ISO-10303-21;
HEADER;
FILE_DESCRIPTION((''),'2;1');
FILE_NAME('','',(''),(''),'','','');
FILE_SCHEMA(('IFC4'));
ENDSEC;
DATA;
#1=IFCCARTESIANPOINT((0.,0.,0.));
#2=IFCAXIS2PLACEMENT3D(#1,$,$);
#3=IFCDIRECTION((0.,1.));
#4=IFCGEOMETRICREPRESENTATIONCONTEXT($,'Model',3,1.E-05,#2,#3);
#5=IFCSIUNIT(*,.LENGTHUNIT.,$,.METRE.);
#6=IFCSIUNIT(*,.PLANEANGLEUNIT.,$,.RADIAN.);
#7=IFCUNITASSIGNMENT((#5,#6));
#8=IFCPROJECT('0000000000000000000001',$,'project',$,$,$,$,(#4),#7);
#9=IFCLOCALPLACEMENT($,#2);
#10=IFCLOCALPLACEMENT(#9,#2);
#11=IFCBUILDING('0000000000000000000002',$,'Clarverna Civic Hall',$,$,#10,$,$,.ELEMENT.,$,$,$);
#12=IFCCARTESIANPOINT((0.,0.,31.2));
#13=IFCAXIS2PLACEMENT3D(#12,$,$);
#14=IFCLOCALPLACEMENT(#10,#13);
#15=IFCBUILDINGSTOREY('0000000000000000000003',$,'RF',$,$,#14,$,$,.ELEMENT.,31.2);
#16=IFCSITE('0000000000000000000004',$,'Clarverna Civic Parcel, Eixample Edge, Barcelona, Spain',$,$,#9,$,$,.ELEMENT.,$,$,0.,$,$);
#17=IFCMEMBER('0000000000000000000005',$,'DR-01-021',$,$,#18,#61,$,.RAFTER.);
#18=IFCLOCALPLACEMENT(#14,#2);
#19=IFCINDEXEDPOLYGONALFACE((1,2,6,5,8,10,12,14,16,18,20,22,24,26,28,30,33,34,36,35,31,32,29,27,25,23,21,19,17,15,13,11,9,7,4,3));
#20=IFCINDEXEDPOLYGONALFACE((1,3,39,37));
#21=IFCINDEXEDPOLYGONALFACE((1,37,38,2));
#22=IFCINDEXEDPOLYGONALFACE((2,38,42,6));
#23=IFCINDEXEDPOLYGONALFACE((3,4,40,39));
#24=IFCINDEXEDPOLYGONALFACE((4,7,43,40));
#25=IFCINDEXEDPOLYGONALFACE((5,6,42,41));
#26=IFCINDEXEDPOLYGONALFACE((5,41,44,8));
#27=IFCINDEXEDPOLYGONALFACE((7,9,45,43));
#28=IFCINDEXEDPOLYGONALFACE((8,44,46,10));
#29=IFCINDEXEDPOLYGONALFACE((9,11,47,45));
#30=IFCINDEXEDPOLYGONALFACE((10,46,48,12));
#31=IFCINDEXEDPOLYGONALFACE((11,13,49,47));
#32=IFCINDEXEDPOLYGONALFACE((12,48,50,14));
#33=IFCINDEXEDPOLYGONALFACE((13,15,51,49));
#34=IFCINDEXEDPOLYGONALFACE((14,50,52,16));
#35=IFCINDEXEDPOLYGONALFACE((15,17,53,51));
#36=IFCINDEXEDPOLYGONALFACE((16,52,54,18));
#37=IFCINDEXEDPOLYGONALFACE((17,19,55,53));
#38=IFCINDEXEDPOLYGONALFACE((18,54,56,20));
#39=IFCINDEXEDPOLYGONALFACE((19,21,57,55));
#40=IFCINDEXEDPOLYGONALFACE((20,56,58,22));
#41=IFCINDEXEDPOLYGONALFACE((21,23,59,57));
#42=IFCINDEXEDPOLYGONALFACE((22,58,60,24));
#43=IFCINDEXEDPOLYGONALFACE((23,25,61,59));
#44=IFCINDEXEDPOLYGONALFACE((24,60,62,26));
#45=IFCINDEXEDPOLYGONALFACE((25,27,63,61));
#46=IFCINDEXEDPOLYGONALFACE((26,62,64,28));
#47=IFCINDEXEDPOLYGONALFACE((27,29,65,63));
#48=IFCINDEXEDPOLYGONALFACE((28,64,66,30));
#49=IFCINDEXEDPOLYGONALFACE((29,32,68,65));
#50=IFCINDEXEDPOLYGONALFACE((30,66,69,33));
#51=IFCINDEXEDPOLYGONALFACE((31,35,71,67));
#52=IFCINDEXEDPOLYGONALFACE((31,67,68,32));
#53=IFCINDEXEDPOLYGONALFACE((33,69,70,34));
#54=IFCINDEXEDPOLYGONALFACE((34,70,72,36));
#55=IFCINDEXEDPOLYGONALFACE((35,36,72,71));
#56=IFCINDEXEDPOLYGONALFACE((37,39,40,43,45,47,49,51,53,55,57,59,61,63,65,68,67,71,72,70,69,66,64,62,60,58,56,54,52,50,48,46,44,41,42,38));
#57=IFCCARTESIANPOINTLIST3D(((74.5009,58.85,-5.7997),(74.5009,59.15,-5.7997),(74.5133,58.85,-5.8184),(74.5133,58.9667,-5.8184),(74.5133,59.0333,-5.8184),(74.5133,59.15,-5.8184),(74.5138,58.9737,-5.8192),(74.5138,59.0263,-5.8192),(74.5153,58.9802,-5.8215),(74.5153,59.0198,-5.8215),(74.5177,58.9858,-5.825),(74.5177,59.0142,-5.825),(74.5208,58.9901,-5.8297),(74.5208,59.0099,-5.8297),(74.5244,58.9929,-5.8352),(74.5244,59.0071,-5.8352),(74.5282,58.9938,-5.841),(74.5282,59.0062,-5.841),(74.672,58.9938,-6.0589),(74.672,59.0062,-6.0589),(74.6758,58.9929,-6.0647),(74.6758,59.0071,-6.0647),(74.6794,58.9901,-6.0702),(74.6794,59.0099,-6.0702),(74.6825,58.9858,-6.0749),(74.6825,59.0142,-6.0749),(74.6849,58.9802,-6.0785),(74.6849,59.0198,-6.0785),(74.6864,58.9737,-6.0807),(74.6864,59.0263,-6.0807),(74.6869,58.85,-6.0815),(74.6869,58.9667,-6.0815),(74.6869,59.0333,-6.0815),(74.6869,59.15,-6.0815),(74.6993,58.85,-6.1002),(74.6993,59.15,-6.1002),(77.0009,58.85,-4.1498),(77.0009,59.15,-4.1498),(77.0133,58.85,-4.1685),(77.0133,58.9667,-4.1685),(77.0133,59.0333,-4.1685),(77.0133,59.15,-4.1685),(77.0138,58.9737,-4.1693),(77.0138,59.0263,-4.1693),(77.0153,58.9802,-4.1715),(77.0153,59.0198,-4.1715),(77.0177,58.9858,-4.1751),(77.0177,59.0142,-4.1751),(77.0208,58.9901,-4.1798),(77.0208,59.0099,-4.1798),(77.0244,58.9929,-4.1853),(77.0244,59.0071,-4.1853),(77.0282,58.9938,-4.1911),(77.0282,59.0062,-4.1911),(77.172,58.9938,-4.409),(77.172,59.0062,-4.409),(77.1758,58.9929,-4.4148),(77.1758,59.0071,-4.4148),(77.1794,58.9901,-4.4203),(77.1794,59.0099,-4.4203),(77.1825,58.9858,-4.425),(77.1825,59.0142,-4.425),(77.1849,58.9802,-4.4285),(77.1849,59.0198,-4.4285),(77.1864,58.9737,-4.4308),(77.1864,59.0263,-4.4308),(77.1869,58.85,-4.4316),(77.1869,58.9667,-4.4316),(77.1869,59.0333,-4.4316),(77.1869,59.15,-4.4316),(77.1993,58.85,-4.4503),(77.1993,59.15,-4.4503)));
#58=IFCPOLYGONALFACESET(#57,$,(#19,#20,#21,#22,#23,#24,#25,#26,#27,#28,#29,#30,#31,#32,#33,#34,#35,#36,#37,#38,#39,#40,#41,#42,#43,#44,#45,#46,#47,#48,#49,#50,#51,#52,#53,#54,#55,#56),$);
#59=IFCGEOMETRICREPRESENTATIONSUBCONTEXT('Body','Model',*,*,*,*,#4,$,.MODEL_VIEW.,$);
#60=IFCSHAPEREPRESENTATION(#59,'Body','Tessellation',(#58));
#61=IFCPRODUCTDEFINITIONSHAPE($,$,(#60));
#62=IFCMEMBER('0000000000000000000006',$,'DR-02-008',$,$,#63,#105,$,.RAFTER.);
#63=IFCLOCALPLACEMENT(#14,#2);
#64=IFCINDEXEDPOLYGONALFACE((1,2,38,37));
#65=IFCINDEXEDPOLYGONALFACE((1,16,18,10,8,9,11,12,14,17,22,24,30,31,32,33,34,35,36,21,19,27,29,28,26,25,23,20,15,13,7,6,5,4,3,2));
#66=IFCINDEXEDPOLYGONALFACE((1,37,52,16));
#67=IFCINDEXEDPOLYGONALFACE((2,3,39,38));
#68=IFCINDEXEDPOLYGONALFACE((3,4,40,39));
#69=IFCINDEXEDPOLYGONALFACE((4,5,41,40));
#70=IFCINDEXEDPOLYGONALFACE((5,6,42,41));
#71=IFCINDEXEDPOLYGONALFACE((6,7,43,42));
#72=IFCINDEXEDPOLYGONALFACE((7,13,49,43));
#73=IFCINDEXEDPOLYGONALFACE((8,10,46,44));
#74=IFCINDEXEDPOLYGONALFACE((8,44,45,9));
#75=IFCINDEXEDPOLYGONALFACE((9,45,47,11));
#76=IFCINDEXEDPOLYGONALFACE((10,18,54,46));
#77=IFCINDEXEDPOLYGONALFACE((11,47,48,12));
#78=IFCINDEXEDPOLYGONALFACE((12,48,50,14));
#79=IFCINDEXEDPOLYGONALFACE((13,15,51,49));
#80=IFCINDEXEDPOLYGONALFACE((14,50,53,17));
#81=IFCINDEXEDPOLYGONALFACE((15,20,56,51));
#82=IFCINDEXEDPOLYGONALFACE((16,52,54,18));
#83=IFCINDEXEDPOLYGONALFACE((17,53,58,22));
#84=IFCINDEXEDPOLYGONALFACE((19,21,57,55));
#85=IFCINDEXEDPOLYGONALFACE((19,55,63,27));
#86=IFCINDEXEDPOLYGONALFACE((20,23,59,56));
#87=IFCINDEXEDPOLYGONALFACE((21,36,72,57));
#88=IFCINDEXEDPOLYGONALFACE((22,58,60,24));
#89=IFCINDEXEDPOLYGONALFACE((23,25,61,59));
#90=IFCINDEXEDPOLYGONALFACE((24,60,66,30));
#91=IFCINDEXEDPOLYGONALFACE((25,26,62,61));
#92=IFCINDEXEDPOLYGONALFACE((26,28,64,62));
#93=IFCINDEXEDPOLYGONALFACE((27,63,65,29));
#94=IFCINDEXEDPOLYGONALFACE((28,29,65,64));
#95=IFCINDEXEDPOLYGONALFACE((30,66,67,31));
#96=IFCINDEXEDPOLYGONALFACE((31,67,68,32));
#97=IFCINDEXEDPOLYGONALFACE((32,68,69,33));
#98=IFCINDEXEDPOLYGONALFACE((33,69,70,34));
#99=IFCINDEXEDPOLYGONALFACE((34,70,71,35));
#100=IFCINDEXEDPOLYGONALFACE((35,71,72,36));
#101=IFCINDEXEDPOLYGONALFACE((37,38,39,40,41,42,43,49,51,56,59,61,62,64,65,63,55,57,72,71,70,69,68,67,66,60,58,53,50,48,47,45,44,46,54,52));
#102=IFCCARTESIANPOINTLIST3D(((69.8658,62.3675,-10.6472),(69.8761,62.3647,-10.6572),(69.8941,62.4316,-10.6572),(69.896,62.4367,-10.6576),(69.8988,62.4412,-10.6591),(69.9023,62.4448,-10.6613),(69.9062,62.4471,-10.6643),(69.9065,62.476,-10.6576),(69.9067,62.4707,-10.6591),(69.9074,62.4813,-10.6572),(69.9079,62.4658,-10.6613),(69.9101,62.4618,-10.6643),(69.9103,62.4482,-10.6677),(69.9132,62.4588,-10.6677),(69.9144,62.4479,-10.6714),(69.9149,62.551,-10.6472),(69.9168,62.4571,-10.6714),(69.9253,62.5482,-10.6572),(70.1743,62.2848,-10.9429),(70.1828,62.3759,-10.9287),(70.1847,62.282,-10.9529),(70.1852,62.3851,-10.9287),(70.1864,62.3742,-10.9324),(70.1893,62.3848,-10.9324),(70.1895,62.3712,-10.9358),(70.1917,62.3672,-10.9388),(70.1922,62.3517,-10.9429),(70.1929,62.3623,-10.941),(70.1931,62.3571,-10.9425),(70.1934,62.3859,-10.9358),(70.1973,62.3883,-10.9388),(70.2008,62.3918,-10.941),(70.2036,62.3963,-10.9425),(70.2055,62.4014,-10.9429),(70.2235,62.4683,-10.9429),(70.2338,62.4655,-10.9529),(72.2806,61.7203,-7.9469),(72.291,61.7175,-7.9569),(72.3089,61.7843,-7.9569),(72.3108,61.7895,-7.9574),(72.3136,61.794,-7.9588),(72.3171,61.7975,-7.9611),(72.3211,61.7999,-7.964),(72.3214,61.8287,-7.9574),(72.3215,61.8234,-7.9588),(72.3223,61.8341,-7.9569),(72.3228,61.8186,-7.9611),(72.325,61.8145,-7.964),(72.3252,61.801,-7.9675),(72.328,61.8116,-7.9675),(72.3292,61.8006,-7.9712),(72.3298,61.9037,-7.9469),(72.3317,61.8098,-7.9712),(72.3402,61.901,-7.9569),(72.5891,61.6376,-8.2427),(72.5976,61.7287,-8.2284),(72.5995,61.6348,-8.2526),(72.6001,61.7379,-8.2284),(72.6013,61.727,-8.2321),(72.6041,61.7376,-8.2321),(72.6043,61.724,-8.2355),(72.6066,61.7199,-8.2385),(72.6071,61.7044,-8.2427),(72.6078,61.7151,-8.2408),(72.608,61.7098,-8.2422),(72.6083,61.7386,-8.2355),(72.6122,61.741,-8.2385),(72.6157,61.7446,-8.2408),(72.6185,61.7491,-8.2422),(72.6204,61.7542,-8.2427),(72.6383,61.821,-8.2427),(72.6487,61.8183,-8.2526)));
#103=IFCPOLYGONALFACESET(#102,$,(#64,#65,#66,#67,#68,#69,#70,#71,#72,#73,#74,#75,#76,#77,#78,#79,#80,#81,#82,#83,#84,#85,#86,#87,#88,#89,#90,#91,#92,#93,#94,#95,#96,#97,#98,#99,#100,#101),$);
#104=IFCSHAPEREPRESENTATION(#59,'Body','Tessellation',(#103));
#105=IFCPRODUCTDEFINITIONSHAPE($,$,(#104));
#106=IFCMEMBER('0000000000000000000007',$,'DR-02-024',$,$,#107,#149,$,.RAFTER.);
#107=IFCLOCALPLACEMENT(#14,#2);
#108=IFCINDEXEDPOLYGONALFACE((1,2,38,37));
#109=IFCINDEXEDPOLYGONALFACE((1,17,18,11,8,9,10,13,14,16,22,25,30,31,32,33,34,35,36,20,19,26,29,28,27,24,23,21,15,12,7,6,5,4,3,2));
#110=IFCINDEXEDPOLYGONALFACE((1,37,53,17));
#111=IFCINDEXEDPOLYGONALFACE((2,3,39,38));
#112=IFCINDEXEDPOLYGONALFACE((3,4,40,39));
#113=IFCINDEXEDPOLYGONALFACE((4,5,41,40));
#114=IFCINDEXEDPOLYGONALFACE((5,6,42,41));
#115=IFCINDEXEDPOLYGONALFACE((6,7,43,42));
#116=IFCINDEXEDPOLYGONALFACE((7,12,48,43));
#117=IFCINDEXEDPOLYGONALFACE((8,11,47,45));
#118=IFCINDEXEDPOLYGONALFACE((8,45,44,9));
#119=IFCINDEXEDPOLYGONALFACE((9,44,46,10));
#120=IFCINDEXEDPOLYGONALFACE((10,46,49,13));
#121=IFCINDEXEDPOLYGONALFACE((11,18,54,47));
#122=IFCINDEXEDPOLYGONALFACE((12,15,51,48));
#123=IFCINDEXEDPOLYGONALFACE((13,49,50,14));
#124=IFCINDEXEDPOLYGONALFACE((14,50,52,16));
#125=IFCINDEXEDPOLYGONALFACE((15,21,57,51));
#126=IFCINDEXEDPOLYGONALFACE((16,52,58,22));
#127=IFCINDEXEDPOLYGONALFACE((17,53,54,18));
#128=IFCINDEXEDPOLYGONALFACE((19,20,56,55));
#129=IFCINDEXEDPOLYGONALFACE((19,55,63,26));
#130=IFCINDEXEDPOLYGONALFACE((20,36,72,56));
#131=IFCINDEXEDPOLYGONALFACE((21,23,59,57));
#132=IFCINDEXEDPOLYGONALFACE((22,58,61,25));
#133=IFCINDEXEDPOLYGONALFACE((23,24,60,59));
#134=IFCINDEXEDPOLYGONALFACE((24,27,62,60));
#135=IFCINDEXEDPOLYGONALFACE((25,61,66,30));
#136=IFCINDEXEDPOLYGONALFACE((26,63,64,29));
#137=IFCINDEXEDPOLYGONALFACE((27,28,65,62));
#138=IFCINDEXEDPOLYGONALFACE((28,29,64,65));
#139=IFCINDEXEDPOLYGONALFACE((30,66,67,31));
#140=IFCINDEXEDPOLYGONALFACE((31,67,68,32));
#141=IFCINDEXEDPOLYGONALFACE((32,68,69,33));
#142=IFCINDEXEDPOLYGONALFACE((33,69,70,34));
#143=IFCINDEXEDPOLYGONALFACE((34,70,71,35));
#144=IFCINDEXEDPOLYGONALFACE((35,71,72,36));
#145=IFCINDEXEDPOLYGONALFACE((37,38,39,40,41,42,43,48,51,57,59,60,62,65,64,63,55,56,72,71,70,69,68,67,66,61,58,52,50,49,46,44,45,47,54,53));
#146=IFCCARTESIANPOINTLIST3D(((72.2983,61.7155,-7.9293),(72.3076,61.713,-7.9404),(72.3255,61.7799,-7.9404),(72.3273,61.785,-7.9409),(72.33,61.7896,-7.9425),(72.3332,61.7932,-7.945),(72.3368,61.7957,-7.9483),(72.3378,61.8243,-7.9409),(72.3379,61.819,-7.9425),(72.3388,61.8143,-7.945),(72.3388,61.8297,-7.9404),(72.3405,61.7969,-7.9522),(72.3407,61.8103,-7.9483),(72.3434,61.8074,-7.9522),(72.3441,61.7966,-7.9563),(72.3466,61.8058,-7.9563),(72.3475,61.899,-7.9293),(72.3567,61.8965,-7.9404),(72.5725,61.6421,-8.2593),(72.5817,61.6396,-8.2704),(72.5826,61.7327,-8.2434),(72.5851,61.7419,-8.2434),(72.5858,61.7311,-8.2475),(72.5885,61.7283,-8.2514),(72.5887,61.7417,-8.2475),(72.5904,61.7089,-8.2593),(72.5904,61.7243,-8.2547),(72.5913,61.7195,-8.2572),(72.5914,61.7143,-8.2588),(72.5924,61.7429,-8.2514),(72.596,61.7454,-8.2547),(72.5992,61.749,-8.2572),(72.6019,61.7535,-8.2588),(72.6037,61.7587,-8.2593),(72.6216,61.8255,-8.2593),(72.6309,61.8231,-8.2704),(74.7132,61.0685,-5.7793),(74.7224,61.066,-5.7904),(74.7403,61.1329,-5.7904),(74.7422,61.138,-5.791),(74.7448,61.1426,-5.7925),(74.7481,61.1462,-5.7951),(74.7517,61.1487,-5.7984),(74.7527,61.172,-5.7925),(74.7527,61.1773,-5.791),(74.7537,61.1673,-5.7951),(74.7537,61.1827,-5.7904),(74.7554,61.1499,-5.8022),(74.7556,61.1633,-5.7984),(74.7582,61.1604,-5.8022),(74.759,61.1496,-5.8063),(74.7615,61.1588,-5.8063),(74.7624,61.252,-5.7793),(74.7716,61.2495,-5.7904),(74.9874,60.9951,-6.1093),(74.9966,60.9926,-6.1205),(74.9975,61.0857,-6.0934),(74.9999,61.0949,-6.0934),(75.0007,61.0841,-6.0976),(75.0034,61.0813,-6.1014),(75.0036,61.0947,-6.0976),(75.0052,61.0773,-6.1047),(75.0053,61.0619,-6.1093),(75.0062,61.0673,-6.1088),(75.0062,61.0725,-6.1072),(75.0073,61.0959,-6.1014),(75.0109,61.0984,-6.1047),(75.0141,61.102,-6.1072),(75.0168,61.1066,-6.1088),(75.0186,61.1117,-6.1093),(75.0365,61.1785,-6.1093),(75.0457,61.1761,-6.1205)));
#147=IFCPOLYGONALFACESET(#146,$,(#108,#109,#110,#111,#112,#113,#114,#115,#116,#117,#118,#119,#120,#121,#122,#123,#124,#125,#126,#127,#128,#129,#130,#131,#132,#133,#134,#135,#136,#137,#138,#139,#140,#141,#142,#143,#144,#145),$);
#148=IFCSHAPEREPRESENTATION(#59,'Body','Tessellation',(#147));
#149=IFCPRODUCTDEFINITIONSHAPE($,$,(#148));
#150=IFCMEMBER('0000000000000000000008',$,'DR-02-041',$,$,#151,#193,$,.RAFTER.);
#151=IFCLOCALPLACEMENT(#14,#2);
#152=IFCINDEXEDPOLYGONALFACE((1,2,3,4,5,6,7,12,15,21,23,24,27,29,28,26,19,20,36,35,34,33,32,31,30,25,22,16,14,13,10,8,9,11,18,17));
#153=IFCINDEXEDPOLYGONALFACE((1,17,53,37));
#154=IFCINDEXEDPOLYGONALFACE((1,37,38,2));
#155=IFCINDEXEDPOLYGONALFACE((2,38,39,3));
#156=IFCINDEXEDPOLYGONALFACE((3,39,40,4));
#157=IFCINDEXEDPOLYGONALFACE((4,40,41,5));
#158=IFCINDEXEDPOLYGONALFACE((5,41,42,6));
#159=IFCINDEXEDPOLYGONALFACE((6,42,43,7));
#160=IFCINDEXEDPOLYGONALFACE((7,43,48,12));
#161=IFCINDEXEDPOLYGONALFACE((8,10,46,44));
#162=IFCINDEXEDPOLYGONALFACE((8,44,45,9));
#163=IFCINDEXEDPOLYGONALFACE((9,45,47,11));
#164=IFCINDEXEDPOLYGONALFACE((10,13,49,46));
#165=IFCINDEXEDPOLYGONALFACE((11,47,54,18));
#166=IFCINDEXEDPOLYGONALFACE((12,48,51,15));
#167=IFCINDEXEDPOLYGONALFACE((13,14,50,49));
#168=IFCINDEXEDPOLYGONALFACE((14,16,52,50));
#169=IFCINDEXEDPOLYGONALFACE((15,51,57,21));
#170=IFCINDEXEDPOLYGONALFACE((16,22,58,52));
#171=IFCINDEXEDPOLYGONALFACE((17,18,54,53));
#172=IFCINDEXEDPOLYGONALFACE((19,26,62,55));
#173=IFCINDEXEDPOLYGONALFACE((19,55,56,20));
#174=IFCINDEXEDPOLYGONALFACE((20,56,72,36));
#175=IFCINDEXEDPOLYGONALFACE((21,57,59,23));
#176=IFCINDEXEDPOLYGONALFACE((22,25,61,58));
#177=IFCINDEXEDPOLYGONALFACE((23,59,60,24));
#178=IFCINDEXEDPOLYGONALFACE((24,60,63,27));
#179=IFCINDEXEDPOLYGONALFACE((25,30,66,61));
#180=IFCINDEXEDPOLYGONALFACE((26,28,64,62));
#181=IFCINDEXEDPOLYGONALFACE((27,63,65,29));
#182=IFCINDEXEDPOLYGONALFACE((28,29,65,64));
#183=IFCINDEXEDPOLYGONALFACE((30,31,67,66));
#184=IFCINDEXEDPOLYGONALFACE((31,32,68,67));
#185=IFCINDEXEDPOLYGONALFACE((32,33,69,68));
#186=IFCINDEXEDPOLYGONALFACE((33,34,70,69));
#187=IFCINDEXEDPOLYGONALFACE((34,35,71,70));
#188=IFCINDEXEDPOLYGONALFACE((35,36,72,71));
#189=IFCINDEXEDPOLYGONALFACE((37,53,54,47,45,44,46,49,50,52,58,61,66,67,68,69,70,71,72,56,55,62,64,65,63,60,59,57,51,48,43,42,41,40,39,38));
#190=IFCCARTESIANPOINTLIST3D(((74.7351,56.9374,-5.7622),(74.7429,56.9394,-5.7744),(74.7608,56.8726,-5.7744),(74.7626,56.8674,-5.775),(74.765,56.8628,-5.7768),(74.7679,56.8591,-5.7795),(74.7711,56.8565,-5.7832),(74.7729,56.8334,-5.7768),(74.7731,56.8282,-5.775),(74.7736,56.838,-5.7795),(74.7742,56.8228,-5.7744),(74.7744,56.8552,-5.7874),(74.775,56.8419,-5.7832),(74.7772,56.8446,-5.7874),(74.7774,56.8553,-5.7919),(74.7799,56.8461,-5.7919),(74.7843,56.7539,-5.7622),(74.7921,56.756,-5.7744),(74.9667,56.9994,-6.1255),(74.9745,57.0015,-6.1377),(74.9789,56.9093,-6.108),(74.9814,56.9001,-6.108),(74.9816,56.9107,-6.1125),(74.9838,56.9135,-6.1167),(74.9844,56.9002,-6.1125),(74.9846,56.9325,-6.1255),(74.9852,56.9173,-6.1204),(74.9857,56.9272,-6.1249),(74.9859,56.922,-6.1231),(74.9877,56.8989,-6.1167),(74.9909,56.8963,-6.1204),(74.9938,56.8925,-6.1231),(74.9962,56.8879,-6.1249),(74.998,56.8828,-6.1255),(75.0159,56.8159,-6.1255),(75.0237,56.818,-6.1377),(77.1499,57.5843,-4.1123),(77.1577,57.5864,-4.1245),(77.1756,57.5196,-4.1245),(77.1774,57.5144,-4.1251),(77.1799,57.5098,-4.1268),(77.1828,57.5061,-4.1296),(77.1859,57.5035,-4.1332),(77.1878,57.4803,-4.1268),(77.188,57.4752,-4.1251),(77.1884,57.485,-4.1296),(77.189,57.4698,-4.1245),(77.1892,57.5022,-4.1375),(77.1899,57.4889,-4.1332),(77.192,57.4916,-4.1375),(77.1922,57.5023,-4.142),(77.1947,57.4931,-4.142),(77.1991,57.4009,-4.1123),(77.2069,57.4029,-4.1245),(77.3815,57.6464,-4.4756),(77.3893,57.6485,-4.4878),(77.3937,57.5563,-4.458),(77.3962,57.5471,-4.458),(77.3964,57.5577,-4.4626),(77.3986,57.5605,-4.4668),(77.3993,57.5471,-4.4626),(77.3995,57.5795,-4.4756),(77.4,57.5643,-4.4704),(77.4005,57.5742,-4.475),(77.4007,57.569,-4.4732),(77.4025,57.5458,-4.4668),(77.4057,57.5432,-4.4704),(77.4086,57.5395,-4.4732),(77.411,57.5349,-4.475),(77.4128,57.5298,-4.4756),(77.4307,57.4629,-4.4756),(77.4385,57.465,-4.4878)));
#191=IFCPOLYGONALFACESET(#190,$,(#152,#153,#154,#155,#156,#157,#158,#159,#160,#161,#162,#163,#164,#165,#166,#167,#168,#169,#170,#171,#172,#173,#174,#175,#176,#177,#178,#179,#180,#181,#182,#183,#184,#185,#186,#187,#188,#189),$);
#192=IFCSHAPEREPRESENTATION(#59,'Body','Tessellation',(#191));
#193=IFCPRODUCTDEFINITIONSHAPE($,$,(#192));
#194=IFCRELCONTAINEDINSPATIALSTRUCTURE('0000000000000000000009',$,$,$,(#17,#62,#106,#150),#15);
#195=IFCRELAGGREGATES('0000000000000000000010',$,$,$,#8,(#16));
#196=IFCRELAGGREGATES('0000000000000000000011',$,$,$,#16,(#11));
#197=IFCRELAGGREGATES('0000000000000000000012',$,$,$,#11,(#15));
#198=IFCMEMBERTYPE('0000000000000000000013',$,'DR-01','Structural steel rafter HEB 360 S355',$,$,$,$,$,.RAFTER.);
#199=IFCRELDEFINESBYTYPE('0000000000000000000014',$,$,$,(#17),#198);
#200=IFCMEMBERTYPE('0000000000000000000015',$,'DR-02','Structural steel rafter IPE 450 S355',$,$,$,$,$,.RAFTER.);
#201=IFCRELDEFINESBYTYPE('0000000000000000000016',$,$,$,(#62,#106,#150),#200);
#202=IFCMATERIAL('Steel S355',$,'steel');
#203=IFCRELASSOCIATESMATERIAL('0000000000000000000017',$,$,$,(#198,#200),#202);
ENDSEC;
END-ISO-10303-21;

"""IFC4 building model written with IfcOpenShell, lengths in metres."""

from ifc_helpers import new_model, si_unit, direction, frame, origin, origin_2d, place, context, subcontext, project, spatial, i_section, extrude, material, material_profile, profile_set, type_object, element, save


model = new_model("IFC4")

# Units and contexts
model_context = context("Model", 3, precision=1e-05, world=origin(), true_north=direction((0.0, 1.0)))
body_context = subcontext(model_context, "Body", "Model", "MODEL_VIEW")
ifc_project = project(units=[si_unit("LENGTHUNIT", "METRE"), si_unit("PLANEANGLEUNIT", "RADIAN")], contexts=[model_context])

# Site, building, storey
site_placement = place(None, origin())
site = spatial("IfcSite", under=ifc_project, at=site_placement, Name="Clarverna Civic Parcel, Eixample Edge, Barcelona, Spain", CompositionType="ELEMENT", RefElevation=0.0)
building_placement = place(site_placement, origin())
building = spatial("IfcBuilding", under=site, at=building_placement, Name="Clarverna Civic Hall", CompositionType="ELEMENT")
storey_placement = place(building_placement, frame((0.0, 0.0, 31.2)))
storey = spatial("IfcBuildingStorey", under=building, at=storey_placement, Name="RF", CompositionType="ELEMENT", Elevation=31.2)

# Members
ifc_material_1 = material(Name="Steel S355", Category="steel")
ifc_material_profile_1 = material_profile(ifc_material_1, i_section(OverallWidth=0.3, OverallDepth=0.3601, WebThickness=0.0125, FlangeThickness=0.0225, FilletRadius=0.0271, at=origin_2d()), Name="HEB 360")
ifc_profile_set_1 = profile_set([ifc_material_profile_1], Name="Steel S355")
member_type_1 = type_object("IfcMemberType", Name="DR-01", Description="Structural steel rafter HEB 360 S355", PredefinedType="RAFTER", material=ifc_profile_set_1)
member_1_placement = place(storey_placement, frame((74.6001, 59.0, -5.95), z_axis=(0.834624, 0.0, 0.550819), x_axis=(0.0, 1.0, 0.0)))
element("IfcMember", 1, at=member_1_placement, inside=storey, type_object=member_type_1, Name="DR-01-021", PredefinedType="RAFTER", context=body_context, shape_type="SweptSolid", body=[
    extrude(i_section(OverallWidth=0.3, OverallDepth=0.3601, WebThickness=0.0125, FlangeThickness=0.0225, FilletRadius=0.0271, at=origin_2d()), origin(), (0.0, 0.0, 1.0), 2.9954),
])
ifc_material_profile_2 = material_profile(ifc_material_1, i_section(OverallWidth=0.1899, OverallDepth=0.45, WebThickness=0.0095, FlangeThickness=0.0146, FilletRadius=0.021, at=origin_2d()), Name="IPE 450")
ifc_profile_set_2 = profile_set([ifc_material_profile_2], Name="Steel S355")
member_type_2 = type_object("IfcMemberType", Name="DR-02", Description="Structural steel rafter IPE 450 S355", PredefinedType="RAFTER", material=ifc_profile_set_2)
member_2_placement = place(storey_placement, frame((70.0498, 62.4165, -10.8), z_axis=(0.656224, -0.175882, 0.733782), x_axis=(0.258884, 0.965908, 0.0)))
element("IfcMember", 2, at=member_2_placement, inside=storey, type_object=member_type_2, Name="DR-02-008", PredefinedType="RAFTER", context=body_context, shape_type="SweptSolid", body=[
    extrude(i_section(OverallWidth=0.1899, OverallDepth=0.45, WebThickness=0.0095, FlangeThickness=0.0146, FilletRadius=0.021, at=origin_2d()), origin(), (0.0, 0.0, 1.0), 3.6799),
])
member_3_placement = place(storey_placement, frame((72.4646, 61.7693, -8.0999), z_axis=(0.732365, -0.196216, 0.652028), x_axis=(0.258793, 0.965933, 0.0)))
element("IfcMember", 3, at=member_3_placement, inside=storey, type_object=member_type_2, Name="DR-02-024", PredefinedType="RAFTER", context=body_context, shape_type="SweptSolid", body=[
    extrude(i_section(OverallWidth=0.1899, OverallDepth=0.45, WebThickness=0.0095, FlangeThickness=0.0146, FilletRadius=0.021, at=origin_2d()), origin(), (0.0, 0.0, 1.0), 3.2974),
])
member_4_placement = place(storey_placement, frame((74.8794, 56.8777, -5.95), z_axis=(0.806187, 0.215994, 0.550825), x_axis=(-0.258793, 0.965933, 0.0)))
element("IfcMember", 4, at=member_4_placement, inside=storey, type_object=member_type_2, Name="DR-02-041", PredefinedType="RAFTER", context=body_context, shape_type="SweptSolid", body=[
    extrude(i_section(OverallWidth=0.1899, OverallDepth=0.45, WebThickness=0.0095, FlangeThickness=0.0146, FilletRadius=0.021, at=origin_2d()), origin(), (0.0, 0.0, 1.0), 2.9954),
])

save(model, "model.ifc")
